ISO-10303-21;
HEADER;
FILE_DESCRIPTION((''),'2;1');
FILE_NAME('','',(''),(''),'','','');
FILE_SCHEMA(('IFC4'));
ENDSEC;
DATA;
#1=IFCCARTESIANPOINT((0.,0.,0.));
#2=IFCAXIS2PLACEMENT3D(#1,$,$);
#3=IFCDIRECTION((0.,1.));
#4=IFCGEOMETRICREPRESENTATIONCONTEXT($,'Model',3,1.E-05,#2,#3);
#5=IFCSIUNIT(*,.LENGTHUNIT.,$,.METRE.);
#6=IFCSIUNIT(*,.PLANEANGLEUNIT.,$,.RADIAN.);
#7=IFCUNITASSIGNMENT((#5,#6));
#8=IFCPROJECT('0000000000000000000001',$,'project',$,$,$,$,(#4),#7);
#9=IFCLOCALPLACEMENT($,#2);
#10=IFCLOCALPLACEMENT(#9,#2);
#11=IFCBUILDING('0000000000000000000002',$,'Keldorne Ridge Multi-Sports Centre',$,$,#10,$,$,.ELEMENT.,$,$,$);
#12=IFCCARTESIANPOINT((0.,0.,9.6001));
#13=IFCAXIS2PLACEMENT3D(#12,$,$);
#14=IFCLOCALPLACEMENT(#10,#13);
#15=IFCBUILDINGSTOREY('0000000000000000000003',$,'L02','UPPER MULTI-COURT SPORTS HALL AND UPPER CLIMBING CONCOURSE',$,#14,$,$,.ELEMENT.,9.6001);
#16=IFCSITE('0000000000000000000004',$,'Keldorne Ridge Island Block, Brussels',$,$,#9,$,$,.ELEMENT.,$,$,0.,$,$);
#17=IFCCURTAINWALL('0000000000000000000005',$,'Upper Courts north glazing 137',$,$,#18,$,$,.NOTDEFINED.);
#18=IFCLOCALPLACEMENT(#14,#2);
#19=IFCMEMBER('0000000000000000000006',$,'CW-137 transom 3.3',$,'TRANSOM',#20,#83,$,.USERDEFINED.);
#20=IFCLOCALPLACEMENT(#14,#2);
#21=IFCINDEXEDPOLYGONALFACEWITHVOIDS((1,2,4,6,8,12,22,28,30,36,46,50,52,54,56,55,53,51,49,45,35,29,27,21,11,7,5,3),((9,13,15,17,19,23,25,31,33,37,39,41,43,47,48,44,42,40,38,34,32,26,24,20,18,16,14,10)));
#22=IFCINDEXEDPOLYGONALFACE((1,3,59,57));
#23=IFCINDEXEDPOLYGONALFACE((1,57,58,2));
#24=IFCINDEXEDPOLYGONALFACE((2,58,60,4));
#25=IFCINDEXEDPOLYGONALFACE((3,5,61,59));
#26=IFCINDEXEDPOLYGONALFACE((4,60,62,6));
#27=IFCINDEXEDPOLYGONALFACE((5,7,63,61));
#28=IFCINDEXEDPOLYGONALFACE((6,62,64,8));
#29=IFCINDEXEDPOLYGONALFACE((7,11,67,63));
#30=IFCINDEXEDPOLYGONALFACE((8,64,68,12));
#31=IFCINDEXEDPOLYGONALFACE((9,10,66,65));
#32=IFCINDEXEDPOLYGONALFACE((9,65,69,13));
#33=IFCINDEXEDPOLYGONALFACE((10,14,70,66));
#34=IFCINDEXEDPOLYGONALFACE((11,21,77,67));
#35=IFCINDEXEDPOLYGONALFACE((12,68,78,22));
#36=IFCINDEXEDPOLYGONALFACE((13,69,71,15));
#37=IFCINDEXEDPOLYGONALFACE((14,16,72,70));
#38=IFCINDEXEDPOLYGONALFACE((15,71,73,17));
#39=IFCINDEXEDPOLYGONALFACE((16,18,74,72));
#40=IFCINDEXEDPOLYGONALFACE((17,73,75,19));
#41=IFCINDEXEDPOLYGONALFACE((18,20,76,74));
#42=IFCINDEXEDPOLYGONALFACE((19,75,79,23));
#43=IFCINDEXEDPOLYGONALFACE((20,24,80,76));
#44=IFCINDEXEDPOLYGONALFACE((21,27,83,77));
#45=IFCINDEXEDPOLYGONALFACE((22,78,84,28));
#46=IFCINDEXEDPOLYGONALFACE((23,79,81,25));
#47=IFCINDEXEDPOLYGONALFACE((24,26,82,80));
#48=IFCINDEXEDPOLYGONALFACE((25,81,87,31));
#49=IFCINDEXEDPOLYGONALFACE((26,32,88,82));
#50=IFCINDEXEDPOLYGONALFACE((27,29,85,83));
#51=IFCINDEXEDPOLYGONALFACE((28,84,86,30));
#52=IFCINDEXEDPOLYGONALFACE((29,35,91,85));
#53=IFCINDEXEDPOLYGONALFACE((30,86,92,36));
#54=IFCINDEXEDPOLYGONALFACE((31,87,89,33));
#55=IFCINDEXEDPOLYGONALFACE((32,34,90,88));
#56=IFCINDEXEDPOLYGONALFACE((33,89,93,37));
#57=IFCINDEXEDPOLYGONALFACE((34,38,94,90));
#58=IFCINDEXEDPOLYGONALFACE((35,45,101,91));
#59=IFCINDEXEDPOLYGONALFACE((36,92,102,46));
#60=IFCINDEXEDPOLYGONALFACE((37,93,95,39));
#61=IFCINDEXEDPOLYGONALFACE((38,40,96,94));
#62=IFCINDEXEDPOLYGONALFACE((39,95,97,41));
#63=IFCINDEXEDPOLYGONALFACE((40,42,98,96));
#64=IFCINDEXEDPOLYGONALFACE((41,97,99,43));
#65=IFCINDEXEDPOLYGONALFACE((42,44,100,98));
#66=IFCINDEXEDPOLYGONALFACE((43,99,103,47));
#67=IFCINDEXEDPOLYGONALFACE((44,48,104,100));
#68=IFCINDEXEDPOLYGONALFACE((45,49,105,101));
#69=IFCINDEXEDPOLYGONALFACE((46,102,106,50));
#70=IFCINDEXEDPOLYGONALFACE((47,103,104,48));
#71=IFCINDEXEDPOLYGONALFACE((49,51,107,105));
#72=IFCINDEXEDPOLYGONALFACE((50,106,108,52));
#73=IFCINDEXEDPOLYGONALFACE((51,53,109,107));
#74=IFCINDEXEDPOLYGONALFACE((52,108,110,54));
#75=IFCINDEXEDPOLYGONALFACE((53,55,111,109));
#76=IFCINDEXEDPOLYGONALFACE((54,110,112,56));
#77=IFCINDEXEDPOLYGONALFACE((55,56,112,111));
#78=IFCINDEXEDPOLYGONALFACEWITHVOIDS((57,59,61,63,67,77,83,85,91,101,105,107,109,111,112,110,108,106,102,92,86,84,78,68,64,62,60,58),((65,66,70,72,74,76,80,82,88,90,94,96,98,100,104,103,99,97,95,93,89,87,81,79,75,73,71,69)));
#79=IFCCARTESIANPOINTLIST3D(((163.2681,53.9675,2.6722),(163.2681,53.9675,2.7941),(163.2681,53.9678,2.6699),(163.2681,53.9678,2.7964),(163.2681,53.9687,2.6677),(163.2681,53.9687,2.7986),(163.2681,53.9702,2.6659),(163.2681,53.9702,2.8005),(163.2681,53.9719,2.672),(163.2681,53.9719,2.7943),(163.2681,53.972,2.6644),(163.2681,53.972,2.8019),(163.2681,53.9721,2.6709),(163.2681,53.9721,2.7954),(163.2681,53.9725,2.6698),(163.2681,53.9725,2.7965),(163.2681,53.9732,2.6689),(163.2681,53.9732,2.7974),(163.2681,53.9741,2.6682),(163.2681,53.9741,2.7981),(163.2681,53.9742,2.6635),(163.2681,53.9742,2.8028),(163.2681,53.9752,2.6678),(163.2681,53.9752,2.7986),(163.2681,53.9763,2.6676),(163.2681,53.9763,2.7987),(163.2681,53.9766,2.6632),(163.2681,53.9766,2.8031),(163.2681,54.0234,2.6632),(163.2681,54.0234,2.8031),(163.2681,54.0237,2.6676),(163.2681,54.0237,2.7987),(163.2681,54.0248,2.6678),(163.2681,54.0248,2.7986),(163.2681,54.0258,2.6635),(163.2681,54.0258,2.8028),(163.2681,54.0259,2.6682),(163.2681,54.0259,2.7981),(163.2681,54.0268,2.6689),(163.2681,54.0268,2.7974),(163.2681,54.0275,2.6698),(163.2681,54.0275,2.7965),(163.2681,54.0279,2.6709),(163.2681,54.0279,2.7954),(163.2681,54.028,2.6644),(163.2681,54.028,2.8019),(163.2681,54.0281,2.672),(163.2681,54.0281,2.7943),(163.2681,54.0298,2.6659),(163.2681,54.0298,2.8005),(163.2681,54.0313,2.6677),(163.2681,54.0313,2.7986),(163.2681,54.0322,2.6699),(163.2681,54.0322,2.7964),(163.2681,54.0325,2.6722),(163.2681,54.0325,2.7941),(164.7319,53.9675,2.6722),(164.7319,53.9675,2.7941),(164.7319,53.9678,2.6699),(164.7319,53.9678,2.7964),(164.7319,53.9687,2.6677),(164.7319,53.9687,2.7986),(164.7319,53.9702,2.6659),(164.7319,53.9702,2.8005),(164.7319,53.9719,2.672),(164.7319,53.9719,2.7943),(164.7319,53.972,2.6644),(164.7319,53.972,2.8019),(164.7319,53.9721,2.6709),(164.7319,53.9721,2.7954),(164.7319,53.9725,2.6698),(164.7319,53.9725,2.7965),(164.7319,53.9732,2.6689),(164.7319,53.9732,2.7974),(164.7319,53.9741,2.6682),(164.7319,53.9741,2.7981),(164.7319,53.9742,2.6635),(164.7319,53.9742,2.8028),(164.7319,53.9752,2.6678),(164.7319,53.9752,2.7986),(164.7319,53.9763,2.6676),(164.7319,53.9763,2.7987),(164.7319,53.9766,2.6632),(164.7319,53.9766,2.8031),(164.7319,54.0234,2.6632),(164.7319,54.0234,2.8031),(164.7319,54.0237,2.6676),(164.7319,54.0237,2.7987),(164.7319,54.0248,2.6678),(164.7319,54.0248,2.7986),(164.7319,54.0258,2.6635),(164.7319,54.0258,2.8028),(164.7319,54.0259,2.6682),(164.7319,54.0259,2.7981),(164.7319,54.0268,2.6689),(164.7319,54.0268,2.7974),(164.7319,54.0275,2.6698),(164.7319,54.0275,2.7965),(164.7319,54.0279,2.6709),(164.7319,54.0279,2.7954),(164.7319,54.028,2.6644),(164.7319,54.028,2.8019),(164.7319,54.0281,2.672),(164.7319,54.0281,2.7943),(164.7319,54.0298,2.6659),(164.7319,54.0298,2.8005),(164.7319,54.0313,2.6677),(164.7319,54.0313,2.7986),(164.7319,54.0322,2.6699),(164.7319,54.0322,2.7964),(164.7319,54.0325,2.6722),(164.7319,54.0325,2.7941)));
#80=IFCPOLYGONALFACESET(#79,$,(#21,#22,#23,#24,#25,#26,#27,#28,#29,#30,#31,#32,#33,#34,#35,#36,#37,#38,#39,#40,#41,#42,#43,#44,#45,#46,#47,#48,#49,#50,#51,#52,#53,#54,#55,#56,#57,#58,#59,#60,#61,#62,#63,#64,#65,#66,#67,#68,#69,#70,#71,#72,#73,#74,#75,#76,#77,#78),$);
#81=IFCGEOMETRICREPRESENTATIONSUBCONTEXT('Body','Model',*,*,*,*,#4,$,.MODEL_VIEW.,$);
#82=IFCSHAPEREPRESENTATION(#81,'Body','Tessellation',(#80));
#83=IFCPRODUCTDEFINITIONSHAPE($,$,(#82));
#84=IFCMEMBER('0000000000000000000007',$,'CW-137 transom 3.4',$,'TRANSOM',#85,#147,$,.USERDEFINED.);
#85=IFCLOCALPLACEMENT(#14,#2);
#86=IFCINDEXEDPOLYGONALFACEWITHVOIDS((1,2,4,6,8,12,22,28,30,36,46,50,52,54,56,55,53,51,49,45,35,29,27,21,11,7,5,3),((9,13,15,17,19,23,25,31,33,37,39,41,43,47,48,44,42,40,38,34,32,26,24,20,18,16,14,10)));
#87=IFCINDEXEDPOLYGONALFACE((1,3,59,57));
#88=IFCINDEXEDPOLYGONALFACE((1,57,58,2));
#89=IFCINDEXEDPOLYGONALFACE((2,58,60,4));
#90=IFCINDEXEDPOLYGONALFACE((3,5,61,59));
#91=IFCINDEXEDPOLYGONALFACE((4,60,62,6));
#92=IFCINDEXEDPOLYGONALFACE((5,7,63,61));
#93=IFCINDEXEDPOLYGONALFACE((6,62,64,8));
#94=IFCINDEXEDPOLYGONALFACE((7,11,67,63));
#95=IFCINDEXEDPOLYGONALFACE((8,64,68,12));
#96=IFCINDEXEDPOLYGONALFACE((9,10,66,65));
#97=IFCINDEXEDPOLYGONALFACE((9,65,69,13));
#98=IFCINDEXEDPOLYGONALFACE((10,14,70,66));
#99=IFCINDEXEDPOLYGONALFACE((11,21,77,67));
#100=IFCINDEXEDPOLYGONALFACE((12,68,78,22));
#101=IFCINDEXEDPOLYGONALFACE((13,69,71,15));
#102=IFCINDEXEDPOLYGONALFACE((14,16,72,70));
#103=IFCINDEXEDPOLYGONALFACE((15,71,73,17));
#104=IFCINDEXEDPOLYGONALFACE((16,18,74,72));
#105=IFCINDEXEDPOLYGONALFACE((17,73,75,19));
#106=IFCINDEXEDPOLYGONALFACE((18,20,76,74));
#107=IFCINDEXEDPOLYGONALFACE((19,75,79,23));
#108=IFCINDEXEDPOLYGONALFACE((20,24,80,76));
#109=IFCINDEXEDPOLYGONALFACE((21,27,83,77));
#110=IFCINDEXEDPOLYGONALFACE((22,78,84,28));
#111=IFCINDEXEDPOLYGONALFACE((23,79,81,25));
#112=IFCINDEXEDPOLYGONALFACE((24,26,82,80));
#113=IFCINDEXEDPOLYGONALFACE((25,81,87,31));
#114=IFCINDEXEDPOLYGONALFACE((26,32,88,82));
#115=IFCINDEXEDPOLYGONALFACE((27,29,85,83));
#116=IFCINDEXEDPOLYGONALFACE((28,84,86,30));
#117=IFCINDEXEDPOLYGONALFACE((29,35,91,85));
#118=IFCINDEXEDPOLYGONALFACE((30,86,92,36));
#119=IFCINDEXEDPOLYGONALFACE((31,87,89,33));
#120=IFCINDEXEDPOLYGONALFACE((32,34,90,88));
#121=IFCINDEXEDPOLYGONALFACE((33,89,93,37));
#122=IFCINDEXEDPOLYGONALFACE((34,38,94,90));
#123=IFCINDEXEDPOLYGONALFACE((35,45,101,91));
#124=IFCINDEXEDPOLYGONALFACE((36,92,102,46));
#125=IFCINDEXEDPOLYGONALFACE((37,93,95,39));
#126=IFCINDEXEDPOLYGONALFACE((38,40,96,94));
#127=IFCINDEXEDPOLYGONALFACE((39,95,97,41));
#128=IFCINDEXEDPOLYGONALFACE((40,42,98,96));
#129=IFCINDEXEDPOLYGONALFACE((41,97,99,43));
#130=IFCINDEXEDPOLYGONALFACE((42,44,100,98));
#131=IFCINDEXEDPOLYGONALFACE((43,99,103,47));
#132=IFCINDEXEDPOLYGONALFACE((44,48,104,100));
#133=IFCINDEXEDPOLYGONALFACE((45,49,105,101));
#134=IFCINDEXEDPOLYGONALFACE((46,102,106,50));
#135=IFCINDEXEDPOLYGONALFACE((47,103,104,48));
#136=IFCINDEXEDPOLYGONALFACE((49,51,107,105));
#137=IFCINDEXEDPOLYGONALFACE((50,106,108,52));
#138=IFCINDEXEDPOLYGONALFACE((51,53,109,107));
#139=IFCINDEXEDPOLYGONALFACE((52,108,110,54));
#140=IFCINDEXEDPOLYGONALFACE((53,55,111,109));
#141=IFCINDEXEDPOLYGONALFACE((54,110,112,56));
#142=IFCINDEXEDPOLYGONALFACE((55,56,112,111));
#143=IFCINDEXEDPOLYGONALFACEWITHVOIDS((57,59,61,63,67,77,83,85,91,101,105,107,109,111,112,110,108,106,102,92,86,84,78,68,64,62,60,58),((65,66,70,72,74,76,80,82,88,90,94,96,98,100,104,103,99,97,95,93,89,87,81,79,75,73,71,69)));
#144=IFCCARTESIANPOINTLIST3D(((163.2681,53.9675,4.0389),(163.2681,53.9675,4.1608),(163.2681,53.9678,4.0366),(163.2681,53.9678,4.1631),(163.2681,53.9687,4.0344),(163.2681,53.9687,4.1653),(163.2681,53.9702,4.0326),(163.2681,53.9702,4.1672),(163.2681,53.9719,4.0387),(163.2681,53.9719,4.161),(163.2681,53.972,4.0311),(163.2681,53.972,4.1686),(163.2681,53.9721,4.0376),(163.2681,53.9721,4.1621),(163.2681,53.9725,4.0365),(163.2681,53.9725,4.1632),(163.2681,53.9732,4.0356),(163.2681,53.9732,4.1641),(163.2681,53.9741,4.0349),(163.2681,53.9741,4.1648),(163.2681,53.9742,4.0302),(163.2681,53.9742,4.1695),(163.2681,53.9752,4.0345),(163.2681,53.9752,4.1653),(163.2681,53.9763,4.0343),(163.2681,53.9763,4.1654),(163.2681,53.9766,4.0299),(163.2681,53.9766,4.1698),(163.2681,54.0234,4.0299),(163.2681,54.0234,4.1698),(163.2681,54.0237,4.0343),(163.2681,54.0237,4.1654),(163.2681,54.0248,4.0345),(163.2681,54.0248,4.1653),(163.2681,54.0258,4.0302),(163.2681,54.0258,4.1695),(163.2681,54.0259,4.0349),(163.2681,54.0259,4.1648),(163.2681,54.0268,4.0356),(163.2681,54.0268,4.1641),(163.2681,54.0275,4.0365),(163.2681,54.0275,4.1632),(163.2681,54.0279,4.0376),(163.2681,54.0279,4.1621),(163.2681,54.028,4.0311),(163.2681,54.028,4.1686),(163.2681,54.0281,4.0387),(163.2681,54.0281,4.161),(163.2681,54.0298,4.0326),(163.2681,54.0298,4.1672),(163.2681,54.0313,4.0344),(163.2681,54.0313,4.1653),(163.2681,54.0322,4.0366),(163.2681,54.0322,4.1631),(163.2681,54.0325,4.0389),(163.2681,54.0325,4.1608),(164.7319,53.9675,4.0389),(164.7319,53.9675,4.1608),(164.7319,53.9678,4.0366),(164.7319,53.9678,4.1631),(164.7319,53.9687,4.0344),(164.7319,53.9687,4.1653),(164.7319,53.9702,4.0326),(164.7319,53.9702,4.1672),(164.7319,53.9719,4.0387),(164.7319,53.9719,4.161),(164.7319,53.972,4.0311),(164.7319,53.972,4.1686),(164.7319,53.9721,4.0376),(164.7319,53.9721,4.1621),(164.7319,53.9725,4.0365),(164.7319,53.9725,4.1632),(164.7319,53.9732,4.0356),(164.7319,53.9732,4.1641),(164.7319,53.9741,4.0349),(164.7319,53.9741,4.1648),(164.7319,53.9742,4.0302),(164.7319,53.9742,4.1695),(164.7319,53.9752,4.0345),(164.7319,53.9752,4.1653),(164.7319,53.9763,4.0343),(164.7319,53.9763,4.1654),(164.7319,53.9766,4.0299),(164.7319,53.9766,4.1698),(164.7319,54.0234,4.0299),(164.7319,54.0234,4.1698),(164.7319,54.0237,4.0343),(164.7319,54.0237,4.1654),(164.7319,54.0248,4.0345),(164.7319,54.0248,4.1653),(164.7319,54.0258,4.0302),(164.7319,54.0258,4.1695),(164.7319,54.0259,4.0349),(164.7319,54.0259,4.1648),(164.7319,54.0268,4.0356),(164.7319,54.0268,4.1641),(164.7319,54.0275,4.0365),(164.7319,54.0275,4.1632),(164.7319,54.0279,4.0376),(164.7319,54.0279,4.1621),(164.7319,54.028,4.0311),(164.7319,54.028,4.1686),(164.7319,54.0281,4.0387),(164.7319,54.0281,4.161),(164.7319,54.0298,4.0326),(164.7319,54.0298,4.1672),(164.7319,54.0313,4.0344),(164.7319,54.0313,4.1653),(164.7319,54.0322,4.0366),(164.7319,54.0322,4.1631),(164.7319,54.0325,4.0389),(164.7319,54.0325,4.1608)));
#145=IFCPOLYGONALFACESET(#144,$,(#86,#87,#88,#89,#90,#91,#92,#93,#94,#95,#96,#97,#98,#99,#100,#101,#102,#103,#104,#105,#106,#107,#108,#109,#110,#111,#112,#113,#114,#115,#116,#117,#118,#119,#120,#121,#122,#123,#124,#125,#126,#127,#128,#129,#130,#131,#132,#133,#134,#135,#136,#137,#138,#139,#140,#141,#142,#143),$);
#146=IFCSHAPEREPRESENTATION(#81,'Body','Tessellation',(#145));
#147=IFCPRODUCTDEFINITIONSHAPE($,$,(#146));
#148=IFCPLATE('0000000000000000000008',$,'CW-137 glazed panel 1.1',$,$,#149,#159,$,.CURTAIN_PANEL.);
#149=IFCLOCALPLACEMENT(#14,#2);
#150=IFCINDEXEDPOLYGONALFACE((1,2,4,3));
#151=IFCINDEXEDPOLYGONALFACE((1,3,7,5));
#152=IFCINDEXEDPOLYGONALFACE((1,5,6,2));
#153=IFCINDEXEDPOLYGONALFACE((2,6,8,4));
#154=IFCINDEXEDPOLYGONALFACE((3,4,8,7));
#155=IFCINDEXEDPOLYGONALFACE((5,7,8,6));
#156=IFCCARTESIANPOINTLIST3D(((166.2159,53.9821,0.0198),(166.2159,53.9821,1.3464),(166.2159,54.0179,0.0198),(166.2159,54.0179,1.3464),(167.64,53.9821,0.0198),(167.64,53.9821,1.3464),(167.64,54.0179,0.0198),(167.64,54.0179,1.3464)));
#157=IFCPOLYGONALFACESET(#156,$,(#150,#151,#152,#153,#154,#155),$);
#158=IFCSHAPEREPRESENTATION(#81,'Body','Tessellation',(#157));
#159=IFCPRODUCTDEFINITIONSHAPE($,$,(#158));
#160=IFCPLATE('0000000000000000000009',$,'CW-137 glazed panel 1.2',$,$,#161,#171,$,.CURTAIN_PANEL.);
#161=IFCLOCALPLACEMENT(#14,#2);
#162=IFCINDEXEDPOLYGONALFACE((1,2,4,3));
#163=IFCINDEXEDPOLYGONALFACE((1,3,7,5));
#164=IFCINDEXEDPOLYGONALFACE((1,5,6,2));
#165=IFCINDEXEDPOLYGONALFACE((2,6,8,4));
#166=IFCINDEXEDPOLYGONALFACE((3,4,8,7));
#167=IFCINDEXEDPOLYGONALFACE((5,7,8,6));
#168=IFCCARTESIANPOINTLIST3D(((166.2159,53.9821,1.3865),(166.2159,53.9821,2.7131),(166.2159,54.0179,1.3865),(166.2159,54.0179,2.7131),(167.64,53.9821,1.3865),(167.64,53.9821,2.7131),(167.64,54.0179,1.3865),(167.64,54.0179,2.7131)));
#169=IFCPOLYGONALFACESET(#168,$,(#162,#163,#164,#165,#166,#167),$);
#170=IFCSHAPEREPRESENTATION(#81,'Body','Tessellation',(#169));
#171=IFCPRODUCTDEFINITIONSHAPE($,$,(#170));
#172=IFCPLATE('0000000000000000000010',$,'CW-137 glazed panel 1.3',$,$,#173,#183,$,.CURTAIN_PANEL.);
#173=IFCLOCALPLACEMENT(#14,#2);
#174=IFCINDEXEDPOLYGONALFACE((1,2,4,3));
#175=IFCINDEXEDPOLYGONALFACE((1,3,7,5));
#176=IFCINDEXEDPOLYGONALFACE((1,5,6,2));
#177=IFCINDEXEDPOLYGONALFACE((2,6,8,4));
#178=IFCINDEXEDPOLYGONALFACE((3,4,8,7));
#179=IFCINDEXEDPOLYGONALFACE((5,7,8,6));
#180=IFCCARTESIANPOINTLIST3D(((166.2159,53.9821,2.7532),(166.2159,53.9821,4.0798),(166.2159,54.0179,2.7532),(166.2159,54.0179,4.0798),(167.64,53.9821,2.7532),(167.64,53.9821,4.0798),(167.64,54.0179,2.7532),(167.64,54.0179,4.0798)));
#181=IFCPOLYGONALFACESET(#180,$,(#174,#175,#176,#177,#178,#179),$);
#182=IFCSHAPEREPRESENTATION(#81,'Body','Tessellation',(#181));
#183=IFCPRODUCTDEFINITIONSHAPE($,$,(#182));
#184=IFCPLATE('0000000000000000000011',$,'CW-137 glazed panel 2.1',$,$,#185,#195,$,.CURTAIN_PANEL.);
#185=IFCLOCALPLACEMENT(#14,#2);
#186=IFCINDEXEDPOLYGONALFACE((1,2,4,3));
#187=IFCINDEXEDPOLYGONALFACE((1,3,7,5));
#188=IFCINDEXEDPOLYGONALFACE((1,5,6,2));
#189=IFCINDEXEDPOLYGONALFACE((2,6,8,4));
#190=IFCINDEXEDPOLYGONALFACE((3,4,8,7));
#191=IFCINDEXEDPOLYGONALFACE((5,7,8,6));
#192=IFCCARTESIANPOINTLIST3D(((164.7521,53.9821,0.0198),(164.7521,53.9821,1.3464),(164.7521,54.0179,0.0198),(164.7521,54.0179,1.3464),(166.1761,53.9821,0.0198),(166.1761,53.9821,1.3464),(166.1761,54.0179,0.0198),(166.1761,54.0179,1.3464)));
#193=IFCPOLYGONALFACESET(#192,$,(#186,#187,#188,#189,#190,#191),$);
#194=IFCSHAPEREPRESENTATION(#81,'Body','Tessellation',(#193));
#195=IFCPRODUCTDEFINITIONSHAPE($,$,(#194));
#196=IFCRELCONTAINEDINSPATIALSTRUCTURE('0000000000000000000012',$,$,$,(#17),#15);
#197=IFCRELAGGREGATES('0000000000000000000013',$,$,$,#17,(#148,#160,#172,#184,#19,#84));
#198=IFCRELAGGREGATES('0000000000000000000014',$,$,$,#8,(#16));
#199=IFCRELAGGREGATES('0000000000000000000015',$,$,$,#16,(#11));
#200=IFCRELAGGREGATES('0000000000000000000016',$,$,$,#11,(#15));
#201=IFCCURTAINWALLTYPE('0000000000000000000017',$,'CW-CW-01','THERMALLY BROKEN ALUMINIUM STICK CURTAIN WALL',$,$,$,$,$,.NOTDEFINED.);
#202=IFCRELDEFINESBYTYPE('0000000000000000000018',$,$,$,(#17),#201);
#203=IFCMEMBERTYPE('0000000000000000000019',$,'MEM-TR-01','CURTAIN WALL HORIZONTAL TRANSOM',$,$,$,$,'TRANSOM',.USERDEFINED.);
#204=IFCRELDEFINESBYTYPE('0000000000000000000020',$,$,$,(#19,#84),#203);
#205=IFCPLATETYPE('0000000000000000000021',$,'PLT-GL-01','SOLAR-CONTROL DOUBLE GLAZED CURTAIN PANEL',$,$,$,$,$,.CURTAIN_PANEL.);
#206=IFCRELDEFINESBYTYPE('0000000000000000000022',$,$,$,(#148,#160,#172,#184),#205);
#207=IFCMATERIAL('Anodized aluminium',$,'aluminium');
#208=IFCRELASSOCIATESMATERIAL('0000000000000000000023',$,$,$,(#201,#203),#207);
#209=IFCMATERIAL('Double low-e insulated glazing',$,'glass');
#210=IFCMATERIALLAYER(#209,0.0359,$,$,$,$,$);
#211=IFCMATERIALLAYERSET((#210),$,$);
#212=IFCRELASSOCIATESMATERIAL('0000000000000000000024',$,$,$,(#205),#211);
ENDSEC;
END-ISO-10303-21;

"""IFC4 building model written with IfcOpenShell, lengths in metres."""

from ifc_helpers import new_model, si_unit, direction, frame, origin, origin_2d, place, context, subcontext, project, spatial, rectangle, hollow_rectangle, extrude, material, layer, layer_set, material_profile, profile_set, type_object, element, aggregate, save


model = new_model("IFC4")

# Units and contexts
model_context = context("Model", 3, precision=1e-05, world=origin(), true_north=direction((0.0, 1.0)))
body_context = subcontext(model_context, "Body", "Model", "MODEL_VIEW")
ifc_project = project(units=[si_unit("LENGTHUNIT", "METRE"), si_unit("PLANEANGLEUNIT", "RADIAN")], contexts=[model_context])

# Site, building, storey
site_placement = place(None, origin())
site = spatial("IfcSite", under=ifc_project, at=site_placement, Name="Keldorne Ridge Island Block, Brussels", CompositionType="ELEMENT", RefElevation=0.0)
building_placement = place(site_placement, origin())
building = spatial("IfcBuilding", under=site, at=building_placement, Name="Keldorne Ridge Multi-Sports Centre", CompositionType="ELEMENT")
storey_placement = place(building_placement, frame((0.0, 0.0, 9.6001)))
storey = spatial("IfcBuildingStorey", under=building, at=storey_placement, Name="L02", Description="UPPER MULTI-COURT SPORTS HALL AND UPPER CLIMBING CONCOURSE", CompositionType="ELEMENT", Elevation=9.6001)

# Curtain wall, members, plates
ifc_material_1 = material(Name="Anodized aluminium", Category="aluminium")
curtain_wall_type = type_object("IfcCurtainWallType", Name="CW-CW-01", Description="THERMALLY BROKEN ALUMINIUM STICK CURTAIN WALL", PredefinedType="NOTDEFINED", material=ifc_material_1)
curtain_wall_placement = place(storey_placement, origin())
curtain_wall = element("IfcCurtainWall", 1, at=curtain_wall_placement, inside=storey, type_object=curtain_wall_type, Name="Upper Courts north glazing 137", PredefinedType="NOTDEFINED")
ifc_material_profile_1 = material_profile(ifc_material_1, hollow_rectangle(XDim=0.0649, YDim=0.1399, WallThickness=0.0044, InnerFilletRadius=0.0044, OuterFilletRadius=0.009, at=origin_2d()), Name="ALU TRANSOM 140x65x4.5")
ifc_profile_set_1 = profile_set([ifc_material_profile_1], Name="Anodized aluminium")
member_type_1 = type_object("IfcMemberType", Name="MEM-TR-01", Description="CURTAIN WALL HORIZONTAL TRANSOM", ElementType="TRANSOM", PredefinedType="USERDEFINED", material=ifc_profile_set_1)
member_1_placement = place(storey_placement, frame((164.7319, 54.0, 2.7332), z_axis=(-1.0, 0.0, 0.0), x_axis=(0.0, -1.0, 0.0)))
member_1 = element("IfcMember", 2, at=member_1_placement, type_object=member_type_1, Name="CW-137 transom 3.3", ObjectType="TRANSOM", PredefinedType="USERDEFINED", context=body_context, shape_type="SweptSolid", body=[
    extrude(hollow_rectangle(XDim=0.0649, YDim=0.1399, WallThickness=0.0044, InnerFilletRadius=0.0044, OuterFilletRadius=0.009, at=origin_2d()), origin(), (0.0, 0.0, 1.0), 1.4639),
])
member_2_placement = place(storey_placement, frame((164.7319, 54.0, 4.0999), z_axis=(-1.0, 0.0, 0.0), x_axis=(0.0, -1.0, 0.0)))
member_2 = element("IfcMember", 3, at=member_2_placement, type_object=member_type_1, Name="CW-137 transom 3.4", ObjectType="TRANSOM", PredefinedType="USERDEFINED", context=body_context, shape_type="SweptSolid", body=[
    extrude(hollow_rectangle(XDim=0.0649, YDim=0.1399, WallThickness=0.0044, InnerFilletRadius=0.0044, OuterFilletRadius=0.009, at=origin_2d()), origin(), (0.0, 0.0, 1.0), 1.4639),
])
ifc_material_2 = material(Name="Double low-e insulated glazing", Category="glass")
ifc_layer = layer(ifc_material_2, 0.0359)
ifc_layer_set = layer_set([ifc_layer])
plate_type = type_object("IfcPlateType", Name="PLT-GL-01", Description="SOLAR-CONTROL DOUBLE GLAZED CURTAIN PANEL", PredefinedType="CURTAIN_PANEL", material=ifc_layer_set)
plate_1_placement = place(storey_placement, frame((166.928, 54.0, 0.0198), z_axis=(0.0, 0.0, 1.0), x_axis=(-1.0, 0.0, 0.0)))
plate_1 = element("IfcPlate", 4, at=plate_1_placement, type_object=plate_type, Name="CW-137 glazed panel 1.1", PredefinedType="CURTAIN_PANEL", context=body_context, shape_type="SweptSolid", body=[
    extrude(rectangle(XDim=1.4241, YDim=0.0359, at=origin_2d()), origin(), (0.0, 0.0, 1.0), 1.3267),
])
plate_2_placement = place(storey_placement, frame((166.928, 54.0, 1.3865), z_axis=(0.0, 0.0, 1.0), x_axis=(-1.0, 0.0, 0.0)))
plate_2 = element("IfcPlate", 5, at=plate_2_placement, type_object=plate_type, Name="CW-137 glazed panel 1.2", PredefinedType="CURTAIN_PANEL", context=body_context, shape_type="SweptSolid", body=[
    extrude(rectangle(XDim=1.4241, YDim=0.0359, at=origin_2d()), origin(), (0.0, 0.0, 1.0), 1.3267),
])
plate_3_placement = place(storey_placement, frame((166.928, 54.0, 2.7532), z_axis=(0.0, 0.0, 1.0), x_axis=(-1.0, 0.0, 0.0)))
plate_3 = element("IfcPlate", 6, at=plate_3_placement, type_object=plate_type, Name="CW-137 glazed panel 1.3", PredefinedType="CURTAIN_PANEL", context=body_context, shape_type="SweptSolid", body=[
    extrude(rectangle(XDim=1.4241, YDim=0.0359, at=origin_2d()), origin(), (0.0, 0.0, 1.0), 1.3267),
])
plate_4_placement = place(storey_placement, frame((165.4641, 54.0, 0.0198), z_axis=(0.0, 0.0, 1.0), x_axis=(-1.0, 0.0, 0.0)))
plate_4 = element("IfcPlate", 7, at=plate_4_placement, type_object=plate_type, Name="CW-137 glazed panel 2.1", PredefinedType="CURTAIN_PANEL", context=body_context, shape_type="SweptSolid", body=[
    extrude(rectangle(XDim=1.4241, YDim=0.0359, at=origin_2d()), origin(), (0.0, 0.0, 1.0), 1.3267),
])
aggregate(curtain_wall, [plate_1, plate_2, plate_3, plate_4, member_1, member_2])

save(model, "model.ifc")
